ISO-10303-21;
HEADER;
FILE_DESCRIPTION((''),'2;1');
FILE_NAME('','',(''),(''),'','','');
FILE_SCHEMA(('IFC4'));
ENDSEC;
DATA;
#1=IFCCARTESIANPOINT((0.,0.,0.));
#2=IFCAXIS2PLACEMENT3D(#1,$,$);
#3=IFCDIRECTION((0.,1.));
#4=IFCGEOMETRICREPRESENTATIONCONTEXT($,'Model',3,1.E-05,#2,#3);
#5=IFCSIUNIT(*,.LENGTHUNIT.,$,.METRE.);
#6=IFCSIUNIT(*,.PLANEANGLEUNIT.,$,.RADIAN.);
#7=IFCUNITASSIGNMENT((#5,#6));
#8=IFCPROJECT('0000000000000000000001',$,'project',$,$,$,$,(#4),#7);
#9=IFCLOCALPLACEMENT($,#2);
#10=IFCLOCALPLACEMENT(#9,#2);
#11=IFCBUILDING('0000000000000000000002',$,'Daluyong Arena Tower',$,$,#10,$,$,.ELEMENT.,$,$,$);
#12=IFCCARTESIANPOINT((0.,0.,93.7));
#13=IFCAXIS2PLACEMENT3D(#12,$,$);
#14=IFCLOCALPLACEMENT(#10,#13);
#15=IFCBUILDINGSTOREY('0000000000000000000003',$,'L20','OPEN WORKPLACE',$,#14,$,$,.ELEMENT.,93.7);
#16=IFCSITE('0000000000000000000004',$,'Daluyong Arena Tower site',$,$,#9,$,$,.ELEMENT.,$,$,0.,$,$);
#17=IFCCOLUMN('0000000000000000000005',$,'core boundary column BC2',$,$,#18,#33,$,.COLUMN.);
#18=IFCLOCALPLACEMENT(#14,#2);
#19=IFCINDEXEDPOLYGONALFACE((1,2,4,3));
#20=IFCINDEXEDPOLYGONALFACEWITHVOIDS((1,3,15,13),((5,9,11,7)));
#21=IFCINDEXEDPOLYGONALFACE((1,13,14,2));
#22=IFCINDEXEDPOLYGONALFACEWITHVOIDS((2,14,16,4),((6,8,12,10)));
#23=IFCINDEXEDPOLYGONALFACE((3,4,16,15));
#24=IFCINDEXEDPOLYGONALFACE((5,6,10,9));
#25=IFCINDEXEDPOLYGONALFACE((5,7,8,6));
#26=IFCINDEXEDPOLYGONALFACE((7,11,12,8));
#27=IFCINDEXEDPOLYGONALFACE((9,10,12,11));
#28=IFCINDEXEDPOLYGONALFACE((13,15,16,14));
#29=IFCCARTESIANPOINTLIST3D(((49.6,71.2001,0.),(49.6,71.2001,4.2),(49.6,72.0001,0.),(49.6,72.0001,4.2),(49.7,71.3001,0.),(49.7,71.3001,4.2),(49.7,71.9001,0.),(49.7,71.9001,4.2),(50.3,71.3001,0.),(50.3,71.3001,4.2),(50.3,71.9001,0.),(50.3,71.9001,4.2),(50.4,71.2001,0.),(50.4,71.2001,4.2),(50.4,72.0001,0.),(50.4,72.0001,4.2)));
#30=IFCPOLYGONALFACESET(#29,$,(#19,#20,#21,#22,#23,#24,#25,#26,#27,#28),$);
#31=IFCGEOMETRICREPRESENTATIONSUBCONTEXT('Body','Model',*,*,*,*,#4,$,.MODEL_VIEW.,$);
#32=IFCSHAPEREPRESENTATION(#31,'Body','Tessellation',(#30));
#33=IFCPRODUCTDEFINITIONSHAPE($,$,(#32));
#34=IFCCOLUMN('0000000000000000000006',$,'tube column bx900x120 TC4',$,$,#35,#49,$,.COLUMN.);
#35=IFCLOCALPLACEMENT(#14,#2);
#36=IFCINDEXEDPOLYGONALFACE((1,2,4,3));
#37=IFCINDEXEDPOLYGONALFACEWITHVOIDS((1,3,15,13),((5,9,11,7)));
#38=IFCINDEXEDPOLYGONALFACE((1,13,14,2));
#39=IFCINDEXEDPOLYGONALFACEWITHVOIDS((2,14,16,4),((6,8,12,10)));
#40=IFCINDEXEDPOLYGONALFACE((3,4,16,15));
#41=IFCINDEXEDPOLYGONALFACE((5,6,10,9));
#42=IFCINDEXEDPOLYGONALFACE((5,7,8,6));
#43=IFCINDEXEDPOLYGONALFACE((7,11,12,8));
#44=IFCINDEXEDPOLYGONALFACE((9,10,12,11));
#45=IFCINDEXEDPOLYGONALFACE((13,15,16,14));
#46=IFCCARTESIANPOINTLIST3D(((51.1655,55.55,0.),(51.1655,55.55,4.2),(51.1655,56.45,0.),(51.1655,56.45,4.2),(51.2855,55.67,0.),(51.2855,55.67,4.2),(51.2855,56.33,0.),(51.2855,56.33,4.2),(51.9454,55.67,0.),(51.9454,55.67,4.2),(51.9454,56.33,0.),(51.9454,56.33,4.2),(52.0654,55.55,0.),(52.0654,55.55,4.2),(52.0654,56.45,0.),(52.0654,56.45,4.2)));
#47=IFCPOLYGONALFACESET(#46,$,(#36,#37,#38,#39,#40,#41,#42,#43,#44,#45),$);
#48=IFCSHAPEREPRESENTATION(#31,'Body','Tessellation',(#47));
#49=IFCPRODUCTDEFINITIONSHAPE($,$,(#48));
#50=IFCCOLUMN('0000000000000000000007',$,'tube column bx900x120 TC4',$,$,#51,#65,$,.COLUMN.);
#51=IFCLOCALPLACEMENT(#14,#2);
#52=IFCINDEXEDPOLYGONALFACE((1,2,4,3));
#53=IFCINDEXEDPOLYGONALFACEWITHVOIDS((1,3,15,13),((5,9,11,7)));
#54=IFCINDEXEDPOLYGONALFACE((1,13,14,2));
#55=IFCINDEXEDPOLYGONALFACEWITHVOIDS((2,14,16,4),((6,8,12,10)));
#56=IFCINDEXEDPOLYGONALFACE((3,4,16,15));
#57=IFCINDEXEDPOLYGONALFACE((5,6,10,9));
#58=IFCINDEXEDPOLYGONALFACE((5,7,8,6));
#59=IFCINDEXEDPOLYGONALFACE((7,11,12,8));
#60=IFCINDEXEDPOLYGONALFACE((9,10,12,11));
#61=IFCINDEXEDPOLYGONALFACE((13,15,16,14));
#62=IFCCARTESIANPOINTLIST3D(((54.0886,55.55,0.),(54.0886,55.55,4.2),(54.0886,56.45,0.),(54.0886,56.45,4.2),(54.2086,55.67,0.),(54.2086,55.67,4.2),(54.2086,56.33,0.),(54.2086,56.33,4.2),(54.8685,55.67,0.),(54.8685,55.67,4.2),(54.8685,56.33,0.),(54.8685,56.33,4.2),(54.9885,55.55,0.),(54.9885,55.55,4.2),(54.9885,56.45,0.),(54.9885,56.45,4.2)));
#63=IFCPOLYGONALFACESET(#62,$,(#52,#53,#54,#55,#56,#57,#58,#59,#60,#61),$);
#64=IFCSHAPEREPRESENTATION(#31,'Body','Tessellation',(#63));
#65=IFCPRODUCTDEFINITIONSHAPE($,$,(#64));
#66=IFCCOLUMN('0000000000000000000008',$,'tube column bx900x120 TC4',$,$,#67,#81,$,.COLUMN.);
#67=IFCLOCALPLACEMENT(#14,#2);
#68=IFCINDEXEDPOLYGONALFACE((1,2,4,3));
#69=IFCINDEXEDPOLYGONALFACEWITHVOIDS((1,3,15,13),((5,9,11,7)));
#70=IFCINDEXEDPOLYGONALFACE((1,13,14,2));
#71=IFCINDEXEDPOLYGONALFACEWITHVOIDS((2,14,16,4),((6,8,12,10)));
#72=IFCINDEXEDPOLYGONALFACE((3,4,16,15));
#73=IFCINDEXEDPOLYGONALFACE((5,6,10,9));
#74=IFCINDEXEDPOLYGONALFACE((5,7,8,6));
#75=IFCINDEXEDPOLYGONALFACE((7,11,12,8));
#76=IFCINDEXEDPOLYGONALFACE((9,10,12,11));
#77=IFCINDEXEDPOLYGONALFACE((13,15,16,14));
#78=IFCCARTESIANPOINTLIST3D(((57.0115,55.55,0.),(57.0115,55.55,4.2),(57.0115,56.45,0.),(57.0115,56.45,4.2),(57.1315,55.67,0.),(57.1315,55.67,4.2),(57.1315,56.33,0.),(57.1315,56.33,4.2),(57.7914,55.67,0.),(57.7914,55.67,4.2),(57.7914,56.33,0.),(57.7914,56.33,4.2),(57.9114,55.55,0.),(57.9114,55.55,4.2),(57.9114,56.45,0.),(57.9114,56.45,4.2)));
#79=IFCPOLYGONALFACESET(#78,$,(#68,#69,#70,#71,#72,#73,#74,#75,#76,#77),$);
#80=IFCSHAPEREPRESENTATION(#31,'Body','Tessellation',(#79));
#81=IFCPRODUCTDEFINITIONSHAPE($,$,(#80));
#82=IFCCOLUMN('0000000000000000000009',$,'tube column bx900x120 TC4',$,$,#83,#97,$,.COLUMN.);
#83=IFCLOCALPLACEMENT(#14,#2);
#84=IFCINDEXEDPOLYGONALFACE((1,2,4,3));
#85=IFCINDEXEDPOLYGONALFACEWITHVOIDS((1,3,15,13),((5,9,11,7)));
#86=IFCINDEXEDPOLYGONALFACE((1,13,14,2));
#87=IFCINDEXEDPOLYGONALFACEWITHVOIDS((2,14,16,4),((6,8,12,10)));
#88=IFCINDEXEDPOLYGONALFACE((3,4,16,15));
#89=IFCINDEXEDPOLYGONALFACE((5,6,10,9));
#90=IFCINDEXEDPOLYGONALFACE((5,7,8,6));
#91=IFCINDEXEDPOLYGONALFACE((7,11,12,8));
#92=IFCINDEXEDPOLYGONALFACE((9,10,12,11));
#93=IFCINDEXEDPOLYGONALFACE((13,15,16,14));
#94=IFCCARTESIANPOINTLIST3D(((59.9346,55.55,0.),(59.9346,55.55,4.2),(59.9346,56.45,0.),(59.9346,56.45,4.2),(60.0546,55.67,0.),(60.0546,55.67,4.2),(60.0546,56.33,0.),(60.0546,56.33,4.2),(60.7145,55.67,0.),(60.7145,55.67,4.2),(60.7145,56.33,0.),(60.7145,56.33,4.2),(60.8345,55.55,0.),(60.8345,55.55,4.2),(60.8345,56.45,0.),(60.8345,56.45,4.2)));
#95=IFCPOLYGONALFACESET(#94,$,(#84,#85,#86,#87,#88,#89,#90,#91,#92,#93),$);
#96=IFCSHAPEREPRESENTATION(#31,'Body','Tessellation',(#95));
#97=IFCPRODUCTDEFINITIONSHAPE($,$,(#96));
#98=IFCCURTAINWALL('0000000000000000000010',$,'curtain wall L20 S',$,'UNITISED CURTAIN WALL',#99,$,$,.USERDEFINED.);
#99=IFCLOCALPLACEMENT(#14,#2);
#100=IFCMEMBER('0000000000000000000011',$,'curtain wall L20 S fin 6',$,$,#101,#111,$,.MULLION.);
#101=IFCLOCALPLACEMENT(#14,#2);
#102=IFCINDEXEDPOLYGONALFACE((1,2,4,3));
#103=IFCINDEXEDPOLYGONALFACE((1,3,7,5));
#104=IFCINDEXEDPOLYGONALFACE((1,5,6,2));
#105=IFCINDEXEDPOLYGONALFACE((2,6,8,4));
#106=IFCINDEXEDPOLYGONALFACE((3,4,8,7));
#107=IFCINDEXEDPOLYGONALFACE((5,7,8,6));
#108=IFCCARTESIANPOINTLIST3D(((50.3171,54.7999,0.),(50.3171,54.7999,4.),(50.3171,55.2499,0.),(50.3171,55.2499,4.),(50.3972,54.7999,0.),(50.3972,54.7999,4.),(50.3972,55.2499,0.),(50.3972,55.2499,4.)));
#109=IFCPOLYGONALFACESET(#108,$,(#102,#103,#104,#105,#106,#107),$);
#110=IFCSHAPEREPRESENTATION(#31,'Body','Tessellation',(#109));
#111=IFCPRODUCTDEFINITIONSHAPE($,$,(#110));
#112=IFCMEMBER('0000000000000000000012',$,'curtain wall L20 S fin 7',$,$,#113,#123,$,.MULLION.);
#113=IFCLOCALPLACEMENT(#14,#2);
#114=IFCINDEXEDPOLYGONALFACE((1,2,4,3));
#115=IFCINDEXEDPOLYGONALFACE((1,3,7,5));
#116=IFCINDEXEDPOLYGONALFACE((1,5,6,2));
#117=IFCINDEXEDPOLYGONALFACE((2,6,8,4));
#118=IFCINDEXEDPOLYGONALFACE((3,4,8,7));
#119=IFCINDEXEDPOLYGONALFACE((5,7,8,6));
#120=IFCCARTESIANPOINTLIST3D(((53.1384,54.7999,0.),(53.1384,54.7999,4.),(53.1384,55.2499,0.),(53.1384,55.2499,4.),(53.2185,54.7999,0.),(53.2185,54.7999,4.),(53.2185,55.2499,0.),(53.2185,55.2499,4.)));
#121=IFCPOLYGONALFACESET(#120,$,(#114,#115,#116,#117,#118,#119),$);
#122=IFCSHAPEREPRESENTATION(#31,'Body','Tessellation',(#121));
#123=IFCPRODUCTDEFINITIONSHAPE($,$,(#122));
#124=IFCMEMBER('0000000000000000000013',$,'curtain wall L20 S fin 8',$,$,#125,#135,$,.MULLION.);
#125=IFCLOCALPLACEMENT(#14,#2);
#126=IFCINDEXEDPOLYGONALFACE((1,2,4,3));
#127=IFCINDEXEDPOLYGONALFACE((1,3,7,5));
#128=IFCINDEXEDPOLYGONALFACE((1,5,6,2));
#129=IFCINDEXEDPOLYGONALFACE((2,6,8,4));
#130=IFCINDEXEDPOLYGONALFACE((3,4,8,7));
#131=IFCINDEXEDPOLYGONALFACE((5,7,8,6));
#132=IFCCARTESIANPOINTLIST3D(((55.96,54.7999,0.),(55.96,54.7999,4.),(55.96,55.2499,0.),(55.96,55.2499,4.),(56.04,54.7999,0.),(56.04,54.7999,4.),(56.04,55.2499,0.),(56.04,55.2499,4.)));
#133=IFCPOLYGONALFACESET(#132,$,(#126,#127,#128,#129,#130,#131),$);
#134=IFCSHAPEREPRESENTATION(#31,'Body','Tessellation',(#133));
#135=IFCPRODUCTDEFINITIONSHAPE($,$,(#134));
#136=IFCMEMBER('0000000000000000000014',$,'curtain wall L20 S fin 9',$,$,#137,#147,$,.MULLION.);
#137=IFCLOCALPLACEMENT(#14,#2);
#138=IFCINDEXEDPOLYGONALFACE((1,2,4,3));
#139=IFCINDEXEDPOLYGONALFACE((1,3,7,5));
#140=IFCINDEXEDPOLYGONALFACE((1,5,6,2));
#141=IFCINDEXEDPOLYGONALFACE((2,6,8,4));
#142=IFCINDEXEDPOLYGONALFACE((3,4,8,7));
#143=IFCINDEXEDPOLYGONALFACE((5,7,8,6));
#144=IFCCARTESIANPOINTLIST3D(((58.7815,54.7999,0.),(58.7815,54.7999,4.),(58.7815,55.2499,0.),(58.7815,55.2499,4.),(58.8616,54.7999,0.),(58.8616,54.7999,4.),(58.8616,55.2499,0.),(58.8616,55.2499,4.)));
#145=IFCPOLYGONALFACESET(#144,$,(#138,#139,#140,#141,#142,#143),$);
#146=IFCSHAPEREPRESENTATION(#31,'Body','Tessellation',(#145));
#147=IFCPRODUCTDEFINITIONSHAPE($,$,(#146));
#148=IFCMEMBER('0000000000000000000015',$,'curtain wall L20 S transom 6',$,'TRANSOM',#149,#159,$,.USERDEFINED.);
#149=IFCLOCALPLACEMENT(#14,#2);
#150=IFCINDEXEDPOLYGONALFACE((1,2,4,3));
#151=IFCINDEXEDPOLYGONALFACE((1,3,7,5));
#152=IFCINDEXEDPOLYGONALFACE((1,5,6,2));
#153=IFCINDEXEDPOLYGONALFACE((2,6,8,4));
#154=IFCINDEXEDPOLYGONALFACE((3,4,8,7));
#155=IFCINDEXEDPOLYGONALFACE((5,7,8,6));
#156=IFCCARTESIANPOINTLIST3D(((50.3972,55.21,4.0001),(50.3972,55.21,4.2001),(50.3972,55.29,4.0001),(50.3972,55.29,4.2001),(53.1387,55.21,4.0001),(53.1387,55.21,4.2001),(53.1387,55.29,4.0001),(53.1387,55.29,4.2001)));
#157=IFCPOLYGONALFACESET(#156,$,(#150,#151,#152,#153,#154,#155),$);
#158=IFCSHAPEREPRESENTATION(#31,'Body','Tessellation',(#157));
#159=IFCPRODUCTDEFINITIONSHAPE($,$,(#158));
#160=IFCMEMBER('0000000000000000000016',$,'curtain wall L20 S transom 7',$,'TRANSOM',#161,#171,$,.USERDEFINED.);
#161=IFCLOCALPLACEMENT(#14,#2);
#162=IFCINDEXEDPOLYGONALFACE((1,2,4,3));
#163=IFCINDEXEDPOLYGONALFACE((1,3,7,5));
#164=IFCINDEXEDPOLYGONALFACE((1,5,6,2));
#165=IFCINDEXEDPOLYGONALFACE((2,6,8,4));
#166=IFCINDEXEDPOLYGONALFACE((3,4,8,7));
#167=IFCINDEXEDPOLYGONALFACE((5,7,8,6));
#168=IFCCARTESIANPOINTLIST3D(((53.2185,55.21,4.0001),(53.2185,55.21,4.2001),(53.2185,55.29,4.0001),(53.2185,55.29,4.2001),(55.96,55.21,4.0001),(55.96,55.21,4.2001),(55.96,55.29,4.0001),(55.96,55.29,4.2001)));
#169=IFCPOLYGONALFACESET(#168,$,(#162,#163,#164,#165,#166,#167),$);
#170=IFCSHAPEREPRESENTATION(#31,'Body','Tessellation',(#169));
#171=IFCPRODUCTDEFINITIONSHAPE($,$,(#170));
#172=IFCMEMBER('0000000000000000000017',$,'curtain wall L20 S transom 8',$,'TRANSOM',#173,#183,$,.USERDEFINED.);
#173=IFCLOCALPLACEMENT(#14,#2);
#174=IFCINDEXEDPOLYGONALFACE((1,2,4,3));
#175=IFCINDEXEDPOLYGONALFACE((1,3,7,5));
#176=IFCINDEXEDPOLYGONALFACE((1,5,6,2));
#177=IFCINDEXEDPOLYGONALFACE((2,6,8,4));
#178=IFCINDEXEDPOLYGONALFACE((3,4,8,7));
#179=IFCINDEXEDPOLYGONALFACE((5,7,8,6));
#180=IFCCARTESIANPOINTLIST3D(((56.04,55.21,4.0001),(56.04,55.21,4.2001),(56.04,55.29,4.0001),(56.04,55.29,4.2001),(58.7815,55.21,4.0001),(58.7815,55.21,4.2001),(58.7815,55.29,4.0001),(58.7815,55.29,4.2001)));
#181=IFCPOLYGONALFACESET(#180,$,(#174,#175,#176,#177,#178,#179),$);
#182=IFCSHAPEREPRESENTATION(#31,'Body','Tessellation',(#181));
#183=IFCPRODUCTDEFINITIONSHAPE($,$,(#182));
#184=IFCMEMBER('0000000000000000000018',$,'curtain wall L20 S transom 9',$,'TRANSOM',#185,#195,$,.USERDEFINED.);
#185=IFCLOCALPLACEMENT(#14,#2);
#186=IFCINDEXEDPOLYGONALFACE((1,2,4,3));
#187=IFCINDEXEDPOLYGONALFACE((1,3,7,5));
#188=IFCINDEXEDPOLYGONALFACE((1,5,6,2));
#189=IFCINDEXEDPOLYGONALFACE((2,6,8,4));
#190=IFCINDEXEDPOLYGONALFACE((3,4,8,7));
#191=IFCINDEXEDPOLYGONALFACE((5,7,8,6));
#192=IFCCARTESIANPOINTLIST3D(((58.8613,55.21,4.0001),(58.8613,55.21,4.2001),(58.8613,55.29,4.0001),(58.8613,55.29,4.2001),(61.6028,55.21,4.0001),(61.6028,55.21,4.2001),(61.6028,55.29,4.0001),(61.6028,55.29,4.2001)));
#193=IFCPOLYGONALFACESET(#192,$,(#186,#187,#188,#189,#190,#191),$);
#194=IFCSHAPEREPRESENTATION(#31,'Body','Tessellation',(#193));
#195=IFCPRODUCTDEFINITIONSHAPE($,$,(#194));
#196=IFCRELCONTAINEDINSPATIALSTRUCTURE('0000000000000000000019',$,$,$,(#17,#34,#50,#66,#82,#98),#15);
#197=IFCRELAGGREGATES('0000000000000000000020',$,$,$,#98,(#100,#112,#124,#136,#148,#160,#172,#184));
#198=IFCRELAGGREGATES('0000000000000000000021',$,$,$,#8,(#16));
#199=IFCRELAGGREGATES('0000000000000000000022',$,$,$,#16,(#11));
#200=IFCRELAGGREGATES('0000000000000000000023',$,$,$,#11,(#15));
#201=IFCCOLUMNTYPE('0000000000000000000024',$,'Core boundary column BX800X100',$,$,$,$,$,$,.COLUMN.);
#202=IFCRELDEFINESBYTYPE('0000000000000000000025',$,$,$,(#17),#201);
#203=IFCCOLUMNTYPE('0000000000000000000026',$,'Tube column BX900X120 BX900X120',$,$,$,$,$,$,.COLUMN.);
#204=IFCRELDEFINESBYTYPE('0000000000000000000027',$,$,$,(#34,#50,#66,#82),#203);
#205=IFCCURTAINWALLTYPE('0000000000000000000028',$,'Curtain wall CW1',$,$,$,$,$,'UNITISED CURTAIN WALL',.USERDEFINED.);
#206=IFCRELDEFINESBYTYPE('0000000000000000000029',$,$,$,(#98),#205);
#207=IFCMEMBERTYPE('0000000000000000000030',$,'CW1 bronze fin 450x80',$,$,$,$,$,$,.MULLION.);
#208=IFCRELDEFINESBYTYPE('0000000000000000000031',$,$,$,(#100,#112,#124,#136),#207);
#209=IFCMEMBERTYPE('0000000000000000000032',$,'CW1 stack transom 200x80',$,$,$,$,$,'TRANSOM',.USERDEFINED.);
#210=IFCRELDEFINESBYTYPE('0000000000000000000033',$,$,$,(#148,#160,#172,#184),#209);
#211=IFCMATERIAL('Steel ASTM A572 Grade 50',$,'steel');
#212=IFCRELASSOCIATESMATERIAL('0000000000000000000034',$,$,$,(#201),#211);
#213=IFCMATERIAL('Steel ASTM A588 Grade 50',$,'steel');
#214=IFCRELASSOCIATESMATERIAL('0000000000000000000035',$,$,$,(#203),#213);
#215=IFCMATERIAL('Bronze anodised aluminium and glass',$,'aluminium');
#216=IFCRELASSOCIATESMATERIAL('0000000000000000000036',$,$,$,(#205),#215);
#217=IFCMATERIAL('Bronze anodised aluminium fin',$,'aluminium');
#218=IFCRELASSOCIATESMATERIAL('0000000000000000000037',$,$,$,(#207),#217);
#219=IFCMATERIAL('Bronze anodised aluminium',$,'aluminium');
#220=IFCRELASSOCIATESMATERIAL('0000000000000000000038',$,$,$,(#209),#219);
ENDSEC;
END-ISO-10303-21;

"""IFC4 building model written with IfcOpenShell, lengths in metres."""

from ifc_helpers import new_model, si_unit, direction, frame, origin, origin_2d, place, context, subcontext, project, spatial, rectangle, hollow_rectangle, extrude, material, material_profile, profile_set, type_object, element, aggregate, save


model = new_model("IFC4")

# Units and contexts
model_context = context("Model", 3, precision=1e-05, world=origin(), true_north=direction((0.0, 1.0)))
body_context = subcontext(model_context, "Body", "Model", "MODEL_VIEW")
ifc_project = project(units=[si_unit("LENGTHUNIT", "METRE"), si_unit("PLANEANGLEUNIT", "RADIAN")], contexts=[model_context])

# Site, building, storey
site_placement = place(None, origin())
site = spatial("IfcSite", under=ifc_project, at=site_placement, Name="Daluyong Arena Tower site", CompositionType="ELEMENT", RefElevation=0.0)
building_placement = place(site_placement, origin())
building = spatial("IfcBuilding", under=site, at=building_placement, Name="Daluyong Arena Tower", CompositionType="ELEMENT")
storey_placement = place(building_placement, frame((0.0, 0.0, 93.7)))
storey = spatial("IfcBuildingStorey", under=building, at=storey_placement, Name="L20", Description="OPEN WORKPLACE", CompositionType="ELEMENT", Elevation=93.7)

# Columns
ifc_material_1 = material(Name="Steel ASTM A572 Grade 50", Category="steel")
ifc_material_profile_1 = material_profile(ifc_material_1, hollow_rectangle(XDim=0.8, YDim=0.8, WallThickness=0.1, at=origin_2d()))
ifc_profile_set_1 = profile_set([ifc_material_profile_1], Name="Steel ASTM A572 Grade 50")
column_type_1 = type_object("IfcColumnType", Name="Core boundary column BX800X100", PredefinedType="COLUMN", material=ifc_profile_set_1)
column_placement = place(storey_placement, frame((50.0, 71.6001, 0.0), z_axis=(0.0, 0.0, 1.0), x_axis=(1.0, 0.0, 0.0)))
element("IfcColumn", 1, at=column_placement, inside=storey, type_object=column_type_1, Name="core boundary column BC2", PredefinedType="COLUMN", context=body_context, shape_type="SweptSolid", body=[
    extrude(hollow_rectangle(XDim=0.8, YDim=0.8, WallThickness=0.1, at=origin_2d()), origin(), (0.0, 0.0, 1.0), 4.2),
])
ifc_material_2 = material(Name="Steel ASTM A588 Grade 50", Category="steel")
ifc_material_profile_2 = material_profile(ifc_material_2, hollow_rectangle(XDim=0.8999, YDim=0.8999, WallThickness=0.12, at=origin_2d()))
ifc_profile_set_2 = profile_set([ifc_material_profile_2], Name="Steel ASTM A588 Grade 50")
column_type_2 = type_object("IfcColumnType", Name="Tube column BX900X120 BX900X120", PredefinedType="COLUMN", material=ifc_profile_set_2)
for number, where, z_axis, x_axis, name in (
    (2, (51.6155, 56.0, 0.0), (0.0, 0.0, 1.0), (1.0, 0.0, 0.0), "tube column bx900x120 TC4"),
    (3, (54.5386, 56.0, 0.0), (0.0, 0.0, 1.0), (1.0, 0.0, 0.0), "tube column bx900x120 TC4"),
    (4, (57.4614, 56.0, 0.0), (0.0, 0.0, 1.0), (1.0, 0.0, 0.0), "tube column bx900x120 TC4"),
    (5, (60.3845, 56.0, 0.0), (0.0, 0.0, 1.0), (1.0, 0.0, 0.0), "tube column bx900x120 TC4"),
):
    element("IfcColumn", number, at=place(storey_placement, frame(where, z_axis=z_axis, x_axis=x_axis)), inside=storey, type_object=column_type_2, Name=name, PredefinedType="COLUMN", context=body_context, shape_type="SweptSolid", body=[
        extrude(hollow_rectangle(XDim=0.8999, YDim=0.8999, WallThickness=0.12, at=origin_2d()), origin(), (0.0, 0.0, 1.0), 4.2),
    ])

# Curtain wall, members
ifc_material_3 = material(Name="Bronze anodised aluminium and glass", Category="aluminium")
curtain_wall_type = type_object("IfcCurtainWallType", Name="Curtain wall CW1", ElementType="UNITISED CURTAIN WALL", PredefinedType="USERDEFINED", material=ifc_material_3)
curtain_wall_placement = place(storey_placement, origin())
curtain_wall = element("IfcCurtainWall", 6, at=curtain_wall_placement, inside=storey, type_object=curtain_wall_type, Name="curtain wall L20 S", ObjectType="UNITISED CURTAIN WALL", PredefinedType="USERDEFINED")
ifc_material_4 = material(Name="Bronze anodised aluminium fin", Category="aluminium")
ifc_material_profile_3 = material_profile(ifc_material_4, rectangle(XDim=0.45, YDim=0.0801, at=origin_2d()))
ifc_profile_set_3 = profile_set([ifc_material_profile_3], Name="Bronze anodised aluminium fin")
member_type_1 = type_object("IfcMemberType", Name="CW1 bronze fin 450x80", PredefinedType="MULLION", material=ifc_profile_set_3)
member_1_placement = place(storey_placement, frame((50.3572, 55.0249, 0.0), z_axis=(0.0, 0.0, 1.0), x_axis=(0.0, 1.0, 0.0)))
member_1 = element("IfcMember", 7, at=member_1_placement, type_object=member_type_1, Name="curtain wall L20 S fin 6", PredefinedType="MULLION", context=body_context, shape_type="SweptSolid", body=[
    extrude(rectangle(XDim=0.45, YDim=0.0801, at=origin_2d()), origin(), (0.0, 0.0, 1.0), 4.0),
])
member_2_placement = place(storey_placement, frame((53.1785, 55.0249, 0.0), z_axis=(0.0, 0.0, 1.0), x_axis=(0.0, 1.0, 0.0)))
member_2 = element("IfcMember", 8, at=member_2_placement, type_object=member_type_1, Name="curtain wall L20 S fin 7", PredefinedType="MULLION", context=body_context, shape_type="SweptSolid", body=[
    extrude(rectangle(XDim=0.45, YDim=0.0801, at=origin_2d()), origin(), (0.0, 0.0, 1.0), 4.0),
])
member_3_placement = place(storey_placement, frame((56.0, 55.0249, 0.0), z_axis=(0.0, 0.0, 1.0), x_axis=(0.0, 1.0, 0.0)))
member_3 = element("IfcMember", 9, at=member_3_placement, type_object=member_type_1, Name="curtain wall L20 S fin 8", PredefinedType="MULLION", context=body_context, shape_type="SweptSolid", body=[
    extrude(rectangle(XDim=0.45, YDim=0.0801, at=origin_2d()), origin(), (0.0, 0.0, 1.0), 4.0),
])
member_4_placement = place(storey_placement, frame((58.8215, 55.0249, 0.0), z_axis=(0.0, 0.0, 1.0), x_axis=(0.0, 1.0, 0.0)))
member_4 = element("IfcMember", 10, at=member_4_placement, type_object=member_type_1, Name="curtain wall L20 S fin 9", PredefinedType="MULLION", context=body_context, shape_type="SweptSolid", body=[
    extrude(rectangle(XDim=0.45, YDim=0.0801, at=origin_2d()), origin(), (0.0, 0.0, 1.0), 4.0),
])
ifc_material_5 = material(Name="Bronze anodised aluminium", Category="aluminium")
ifc_material_profile_4 = material_profile(ifc_material_5, rectangle(XDim=0.0801, YDim=0.2, at=origin_2d()))
ifc_profile_set_4 = profile_set([ifc_material_profile_4], Name="Bronze anodised aluminium")
member_type_2 = type_object("IfcMemberType", Name="CW1 stack transom 200x80", ElementType="TRANSOM", PredefinedType="USERDEFINED", material=ifc_profile_set_4)
member_5_placement = place(storey_placement, frame((50.3972, 55.25, 4.1001), z_axis=(1.0, 0.0, 0.0), x_axis=(0.0, 1.0, 0.0)))
member_5 = element("IfcMember", 11, at=member_5_placement, type_object=member_type_2, Name="curtain wall L20 S transom 6", ObjectType="TRANSOM", PredefinedType="USERDEFINED", context=body_context, shape_type="SweptSolid", body=[
    extrude(rectangle(XDim=0.0801, YDim=0.2, at=origin_2d()), origin(), (0.0, 0.0, 1.0), 2.7415),
])
member_6_placement = place(storey_placement, frame((53.2185, 55.25, 4.1001), z_axis=(1.0, 0.0, 0.0), x_axis=(0.0, 1.0, 0.0)))
member_6 = element("IfcMember", 12, at=member_6_placement, type_object=member_type_2, Name="curtain wall L20 S transom 7", ObjectType="TRANSOM", PredefinedType="USERDEFINED", context=body_context, shape_type="SweptSolid", body=[
    extrude(rectangle(XDim=0.0801, YDim=0.2, at=origin_2d()), origin(), (0.0, 0.0, 1.0), 2.7415),
])
member_7_placement = place(storey_placement, frame((56.04, 55.25, 4.1001), z_axis=(1.0, 0.0, 0.0), x_axis=(0.0, 1.0, 0.0)))
member_7 = element("IfcMember", 13, at=member_7_placement, type_object=member_type_2, Name="curtain wall L20 S transom 8", ObjectType="TRANSOM", PredefinedType="USERDEFINED", context=body_context, shape_type="SweptSolid", body=[
    extrude(rectangle(XDim=0.0801, YDim=0.2, at=origin_2d()), origin(), (0.0, 0.0, 1.0), 2.7415),
])
member_8_placement = place(storey_placement, frame((58.8613, 55.25, 4.1001), z_axis=(1.0, 0.0, 0.0), x_axis=(0.0, 1.0, 0.0)))
member_8 = element("IfcMember", 14, at=member_8_placement, type_object=member_type_2, Name="curtain wall L20 S transom 9", ObjectType="TRANSOM", PredefinedType="USERDEFINED", context=body_context, shape_type="SweptSolid", body=[
    extrude(rectangle(XDim=0.0801, YDim=0.2, at=origin_2d()), origin(), (0.0, 0.0, 1.0), 2.7415),
])

aggregate(curtain_wall, [member_1, member_2, member_3, member_4, member_5, member_6, member_7, member_8])

save(model, "model.ifc")
